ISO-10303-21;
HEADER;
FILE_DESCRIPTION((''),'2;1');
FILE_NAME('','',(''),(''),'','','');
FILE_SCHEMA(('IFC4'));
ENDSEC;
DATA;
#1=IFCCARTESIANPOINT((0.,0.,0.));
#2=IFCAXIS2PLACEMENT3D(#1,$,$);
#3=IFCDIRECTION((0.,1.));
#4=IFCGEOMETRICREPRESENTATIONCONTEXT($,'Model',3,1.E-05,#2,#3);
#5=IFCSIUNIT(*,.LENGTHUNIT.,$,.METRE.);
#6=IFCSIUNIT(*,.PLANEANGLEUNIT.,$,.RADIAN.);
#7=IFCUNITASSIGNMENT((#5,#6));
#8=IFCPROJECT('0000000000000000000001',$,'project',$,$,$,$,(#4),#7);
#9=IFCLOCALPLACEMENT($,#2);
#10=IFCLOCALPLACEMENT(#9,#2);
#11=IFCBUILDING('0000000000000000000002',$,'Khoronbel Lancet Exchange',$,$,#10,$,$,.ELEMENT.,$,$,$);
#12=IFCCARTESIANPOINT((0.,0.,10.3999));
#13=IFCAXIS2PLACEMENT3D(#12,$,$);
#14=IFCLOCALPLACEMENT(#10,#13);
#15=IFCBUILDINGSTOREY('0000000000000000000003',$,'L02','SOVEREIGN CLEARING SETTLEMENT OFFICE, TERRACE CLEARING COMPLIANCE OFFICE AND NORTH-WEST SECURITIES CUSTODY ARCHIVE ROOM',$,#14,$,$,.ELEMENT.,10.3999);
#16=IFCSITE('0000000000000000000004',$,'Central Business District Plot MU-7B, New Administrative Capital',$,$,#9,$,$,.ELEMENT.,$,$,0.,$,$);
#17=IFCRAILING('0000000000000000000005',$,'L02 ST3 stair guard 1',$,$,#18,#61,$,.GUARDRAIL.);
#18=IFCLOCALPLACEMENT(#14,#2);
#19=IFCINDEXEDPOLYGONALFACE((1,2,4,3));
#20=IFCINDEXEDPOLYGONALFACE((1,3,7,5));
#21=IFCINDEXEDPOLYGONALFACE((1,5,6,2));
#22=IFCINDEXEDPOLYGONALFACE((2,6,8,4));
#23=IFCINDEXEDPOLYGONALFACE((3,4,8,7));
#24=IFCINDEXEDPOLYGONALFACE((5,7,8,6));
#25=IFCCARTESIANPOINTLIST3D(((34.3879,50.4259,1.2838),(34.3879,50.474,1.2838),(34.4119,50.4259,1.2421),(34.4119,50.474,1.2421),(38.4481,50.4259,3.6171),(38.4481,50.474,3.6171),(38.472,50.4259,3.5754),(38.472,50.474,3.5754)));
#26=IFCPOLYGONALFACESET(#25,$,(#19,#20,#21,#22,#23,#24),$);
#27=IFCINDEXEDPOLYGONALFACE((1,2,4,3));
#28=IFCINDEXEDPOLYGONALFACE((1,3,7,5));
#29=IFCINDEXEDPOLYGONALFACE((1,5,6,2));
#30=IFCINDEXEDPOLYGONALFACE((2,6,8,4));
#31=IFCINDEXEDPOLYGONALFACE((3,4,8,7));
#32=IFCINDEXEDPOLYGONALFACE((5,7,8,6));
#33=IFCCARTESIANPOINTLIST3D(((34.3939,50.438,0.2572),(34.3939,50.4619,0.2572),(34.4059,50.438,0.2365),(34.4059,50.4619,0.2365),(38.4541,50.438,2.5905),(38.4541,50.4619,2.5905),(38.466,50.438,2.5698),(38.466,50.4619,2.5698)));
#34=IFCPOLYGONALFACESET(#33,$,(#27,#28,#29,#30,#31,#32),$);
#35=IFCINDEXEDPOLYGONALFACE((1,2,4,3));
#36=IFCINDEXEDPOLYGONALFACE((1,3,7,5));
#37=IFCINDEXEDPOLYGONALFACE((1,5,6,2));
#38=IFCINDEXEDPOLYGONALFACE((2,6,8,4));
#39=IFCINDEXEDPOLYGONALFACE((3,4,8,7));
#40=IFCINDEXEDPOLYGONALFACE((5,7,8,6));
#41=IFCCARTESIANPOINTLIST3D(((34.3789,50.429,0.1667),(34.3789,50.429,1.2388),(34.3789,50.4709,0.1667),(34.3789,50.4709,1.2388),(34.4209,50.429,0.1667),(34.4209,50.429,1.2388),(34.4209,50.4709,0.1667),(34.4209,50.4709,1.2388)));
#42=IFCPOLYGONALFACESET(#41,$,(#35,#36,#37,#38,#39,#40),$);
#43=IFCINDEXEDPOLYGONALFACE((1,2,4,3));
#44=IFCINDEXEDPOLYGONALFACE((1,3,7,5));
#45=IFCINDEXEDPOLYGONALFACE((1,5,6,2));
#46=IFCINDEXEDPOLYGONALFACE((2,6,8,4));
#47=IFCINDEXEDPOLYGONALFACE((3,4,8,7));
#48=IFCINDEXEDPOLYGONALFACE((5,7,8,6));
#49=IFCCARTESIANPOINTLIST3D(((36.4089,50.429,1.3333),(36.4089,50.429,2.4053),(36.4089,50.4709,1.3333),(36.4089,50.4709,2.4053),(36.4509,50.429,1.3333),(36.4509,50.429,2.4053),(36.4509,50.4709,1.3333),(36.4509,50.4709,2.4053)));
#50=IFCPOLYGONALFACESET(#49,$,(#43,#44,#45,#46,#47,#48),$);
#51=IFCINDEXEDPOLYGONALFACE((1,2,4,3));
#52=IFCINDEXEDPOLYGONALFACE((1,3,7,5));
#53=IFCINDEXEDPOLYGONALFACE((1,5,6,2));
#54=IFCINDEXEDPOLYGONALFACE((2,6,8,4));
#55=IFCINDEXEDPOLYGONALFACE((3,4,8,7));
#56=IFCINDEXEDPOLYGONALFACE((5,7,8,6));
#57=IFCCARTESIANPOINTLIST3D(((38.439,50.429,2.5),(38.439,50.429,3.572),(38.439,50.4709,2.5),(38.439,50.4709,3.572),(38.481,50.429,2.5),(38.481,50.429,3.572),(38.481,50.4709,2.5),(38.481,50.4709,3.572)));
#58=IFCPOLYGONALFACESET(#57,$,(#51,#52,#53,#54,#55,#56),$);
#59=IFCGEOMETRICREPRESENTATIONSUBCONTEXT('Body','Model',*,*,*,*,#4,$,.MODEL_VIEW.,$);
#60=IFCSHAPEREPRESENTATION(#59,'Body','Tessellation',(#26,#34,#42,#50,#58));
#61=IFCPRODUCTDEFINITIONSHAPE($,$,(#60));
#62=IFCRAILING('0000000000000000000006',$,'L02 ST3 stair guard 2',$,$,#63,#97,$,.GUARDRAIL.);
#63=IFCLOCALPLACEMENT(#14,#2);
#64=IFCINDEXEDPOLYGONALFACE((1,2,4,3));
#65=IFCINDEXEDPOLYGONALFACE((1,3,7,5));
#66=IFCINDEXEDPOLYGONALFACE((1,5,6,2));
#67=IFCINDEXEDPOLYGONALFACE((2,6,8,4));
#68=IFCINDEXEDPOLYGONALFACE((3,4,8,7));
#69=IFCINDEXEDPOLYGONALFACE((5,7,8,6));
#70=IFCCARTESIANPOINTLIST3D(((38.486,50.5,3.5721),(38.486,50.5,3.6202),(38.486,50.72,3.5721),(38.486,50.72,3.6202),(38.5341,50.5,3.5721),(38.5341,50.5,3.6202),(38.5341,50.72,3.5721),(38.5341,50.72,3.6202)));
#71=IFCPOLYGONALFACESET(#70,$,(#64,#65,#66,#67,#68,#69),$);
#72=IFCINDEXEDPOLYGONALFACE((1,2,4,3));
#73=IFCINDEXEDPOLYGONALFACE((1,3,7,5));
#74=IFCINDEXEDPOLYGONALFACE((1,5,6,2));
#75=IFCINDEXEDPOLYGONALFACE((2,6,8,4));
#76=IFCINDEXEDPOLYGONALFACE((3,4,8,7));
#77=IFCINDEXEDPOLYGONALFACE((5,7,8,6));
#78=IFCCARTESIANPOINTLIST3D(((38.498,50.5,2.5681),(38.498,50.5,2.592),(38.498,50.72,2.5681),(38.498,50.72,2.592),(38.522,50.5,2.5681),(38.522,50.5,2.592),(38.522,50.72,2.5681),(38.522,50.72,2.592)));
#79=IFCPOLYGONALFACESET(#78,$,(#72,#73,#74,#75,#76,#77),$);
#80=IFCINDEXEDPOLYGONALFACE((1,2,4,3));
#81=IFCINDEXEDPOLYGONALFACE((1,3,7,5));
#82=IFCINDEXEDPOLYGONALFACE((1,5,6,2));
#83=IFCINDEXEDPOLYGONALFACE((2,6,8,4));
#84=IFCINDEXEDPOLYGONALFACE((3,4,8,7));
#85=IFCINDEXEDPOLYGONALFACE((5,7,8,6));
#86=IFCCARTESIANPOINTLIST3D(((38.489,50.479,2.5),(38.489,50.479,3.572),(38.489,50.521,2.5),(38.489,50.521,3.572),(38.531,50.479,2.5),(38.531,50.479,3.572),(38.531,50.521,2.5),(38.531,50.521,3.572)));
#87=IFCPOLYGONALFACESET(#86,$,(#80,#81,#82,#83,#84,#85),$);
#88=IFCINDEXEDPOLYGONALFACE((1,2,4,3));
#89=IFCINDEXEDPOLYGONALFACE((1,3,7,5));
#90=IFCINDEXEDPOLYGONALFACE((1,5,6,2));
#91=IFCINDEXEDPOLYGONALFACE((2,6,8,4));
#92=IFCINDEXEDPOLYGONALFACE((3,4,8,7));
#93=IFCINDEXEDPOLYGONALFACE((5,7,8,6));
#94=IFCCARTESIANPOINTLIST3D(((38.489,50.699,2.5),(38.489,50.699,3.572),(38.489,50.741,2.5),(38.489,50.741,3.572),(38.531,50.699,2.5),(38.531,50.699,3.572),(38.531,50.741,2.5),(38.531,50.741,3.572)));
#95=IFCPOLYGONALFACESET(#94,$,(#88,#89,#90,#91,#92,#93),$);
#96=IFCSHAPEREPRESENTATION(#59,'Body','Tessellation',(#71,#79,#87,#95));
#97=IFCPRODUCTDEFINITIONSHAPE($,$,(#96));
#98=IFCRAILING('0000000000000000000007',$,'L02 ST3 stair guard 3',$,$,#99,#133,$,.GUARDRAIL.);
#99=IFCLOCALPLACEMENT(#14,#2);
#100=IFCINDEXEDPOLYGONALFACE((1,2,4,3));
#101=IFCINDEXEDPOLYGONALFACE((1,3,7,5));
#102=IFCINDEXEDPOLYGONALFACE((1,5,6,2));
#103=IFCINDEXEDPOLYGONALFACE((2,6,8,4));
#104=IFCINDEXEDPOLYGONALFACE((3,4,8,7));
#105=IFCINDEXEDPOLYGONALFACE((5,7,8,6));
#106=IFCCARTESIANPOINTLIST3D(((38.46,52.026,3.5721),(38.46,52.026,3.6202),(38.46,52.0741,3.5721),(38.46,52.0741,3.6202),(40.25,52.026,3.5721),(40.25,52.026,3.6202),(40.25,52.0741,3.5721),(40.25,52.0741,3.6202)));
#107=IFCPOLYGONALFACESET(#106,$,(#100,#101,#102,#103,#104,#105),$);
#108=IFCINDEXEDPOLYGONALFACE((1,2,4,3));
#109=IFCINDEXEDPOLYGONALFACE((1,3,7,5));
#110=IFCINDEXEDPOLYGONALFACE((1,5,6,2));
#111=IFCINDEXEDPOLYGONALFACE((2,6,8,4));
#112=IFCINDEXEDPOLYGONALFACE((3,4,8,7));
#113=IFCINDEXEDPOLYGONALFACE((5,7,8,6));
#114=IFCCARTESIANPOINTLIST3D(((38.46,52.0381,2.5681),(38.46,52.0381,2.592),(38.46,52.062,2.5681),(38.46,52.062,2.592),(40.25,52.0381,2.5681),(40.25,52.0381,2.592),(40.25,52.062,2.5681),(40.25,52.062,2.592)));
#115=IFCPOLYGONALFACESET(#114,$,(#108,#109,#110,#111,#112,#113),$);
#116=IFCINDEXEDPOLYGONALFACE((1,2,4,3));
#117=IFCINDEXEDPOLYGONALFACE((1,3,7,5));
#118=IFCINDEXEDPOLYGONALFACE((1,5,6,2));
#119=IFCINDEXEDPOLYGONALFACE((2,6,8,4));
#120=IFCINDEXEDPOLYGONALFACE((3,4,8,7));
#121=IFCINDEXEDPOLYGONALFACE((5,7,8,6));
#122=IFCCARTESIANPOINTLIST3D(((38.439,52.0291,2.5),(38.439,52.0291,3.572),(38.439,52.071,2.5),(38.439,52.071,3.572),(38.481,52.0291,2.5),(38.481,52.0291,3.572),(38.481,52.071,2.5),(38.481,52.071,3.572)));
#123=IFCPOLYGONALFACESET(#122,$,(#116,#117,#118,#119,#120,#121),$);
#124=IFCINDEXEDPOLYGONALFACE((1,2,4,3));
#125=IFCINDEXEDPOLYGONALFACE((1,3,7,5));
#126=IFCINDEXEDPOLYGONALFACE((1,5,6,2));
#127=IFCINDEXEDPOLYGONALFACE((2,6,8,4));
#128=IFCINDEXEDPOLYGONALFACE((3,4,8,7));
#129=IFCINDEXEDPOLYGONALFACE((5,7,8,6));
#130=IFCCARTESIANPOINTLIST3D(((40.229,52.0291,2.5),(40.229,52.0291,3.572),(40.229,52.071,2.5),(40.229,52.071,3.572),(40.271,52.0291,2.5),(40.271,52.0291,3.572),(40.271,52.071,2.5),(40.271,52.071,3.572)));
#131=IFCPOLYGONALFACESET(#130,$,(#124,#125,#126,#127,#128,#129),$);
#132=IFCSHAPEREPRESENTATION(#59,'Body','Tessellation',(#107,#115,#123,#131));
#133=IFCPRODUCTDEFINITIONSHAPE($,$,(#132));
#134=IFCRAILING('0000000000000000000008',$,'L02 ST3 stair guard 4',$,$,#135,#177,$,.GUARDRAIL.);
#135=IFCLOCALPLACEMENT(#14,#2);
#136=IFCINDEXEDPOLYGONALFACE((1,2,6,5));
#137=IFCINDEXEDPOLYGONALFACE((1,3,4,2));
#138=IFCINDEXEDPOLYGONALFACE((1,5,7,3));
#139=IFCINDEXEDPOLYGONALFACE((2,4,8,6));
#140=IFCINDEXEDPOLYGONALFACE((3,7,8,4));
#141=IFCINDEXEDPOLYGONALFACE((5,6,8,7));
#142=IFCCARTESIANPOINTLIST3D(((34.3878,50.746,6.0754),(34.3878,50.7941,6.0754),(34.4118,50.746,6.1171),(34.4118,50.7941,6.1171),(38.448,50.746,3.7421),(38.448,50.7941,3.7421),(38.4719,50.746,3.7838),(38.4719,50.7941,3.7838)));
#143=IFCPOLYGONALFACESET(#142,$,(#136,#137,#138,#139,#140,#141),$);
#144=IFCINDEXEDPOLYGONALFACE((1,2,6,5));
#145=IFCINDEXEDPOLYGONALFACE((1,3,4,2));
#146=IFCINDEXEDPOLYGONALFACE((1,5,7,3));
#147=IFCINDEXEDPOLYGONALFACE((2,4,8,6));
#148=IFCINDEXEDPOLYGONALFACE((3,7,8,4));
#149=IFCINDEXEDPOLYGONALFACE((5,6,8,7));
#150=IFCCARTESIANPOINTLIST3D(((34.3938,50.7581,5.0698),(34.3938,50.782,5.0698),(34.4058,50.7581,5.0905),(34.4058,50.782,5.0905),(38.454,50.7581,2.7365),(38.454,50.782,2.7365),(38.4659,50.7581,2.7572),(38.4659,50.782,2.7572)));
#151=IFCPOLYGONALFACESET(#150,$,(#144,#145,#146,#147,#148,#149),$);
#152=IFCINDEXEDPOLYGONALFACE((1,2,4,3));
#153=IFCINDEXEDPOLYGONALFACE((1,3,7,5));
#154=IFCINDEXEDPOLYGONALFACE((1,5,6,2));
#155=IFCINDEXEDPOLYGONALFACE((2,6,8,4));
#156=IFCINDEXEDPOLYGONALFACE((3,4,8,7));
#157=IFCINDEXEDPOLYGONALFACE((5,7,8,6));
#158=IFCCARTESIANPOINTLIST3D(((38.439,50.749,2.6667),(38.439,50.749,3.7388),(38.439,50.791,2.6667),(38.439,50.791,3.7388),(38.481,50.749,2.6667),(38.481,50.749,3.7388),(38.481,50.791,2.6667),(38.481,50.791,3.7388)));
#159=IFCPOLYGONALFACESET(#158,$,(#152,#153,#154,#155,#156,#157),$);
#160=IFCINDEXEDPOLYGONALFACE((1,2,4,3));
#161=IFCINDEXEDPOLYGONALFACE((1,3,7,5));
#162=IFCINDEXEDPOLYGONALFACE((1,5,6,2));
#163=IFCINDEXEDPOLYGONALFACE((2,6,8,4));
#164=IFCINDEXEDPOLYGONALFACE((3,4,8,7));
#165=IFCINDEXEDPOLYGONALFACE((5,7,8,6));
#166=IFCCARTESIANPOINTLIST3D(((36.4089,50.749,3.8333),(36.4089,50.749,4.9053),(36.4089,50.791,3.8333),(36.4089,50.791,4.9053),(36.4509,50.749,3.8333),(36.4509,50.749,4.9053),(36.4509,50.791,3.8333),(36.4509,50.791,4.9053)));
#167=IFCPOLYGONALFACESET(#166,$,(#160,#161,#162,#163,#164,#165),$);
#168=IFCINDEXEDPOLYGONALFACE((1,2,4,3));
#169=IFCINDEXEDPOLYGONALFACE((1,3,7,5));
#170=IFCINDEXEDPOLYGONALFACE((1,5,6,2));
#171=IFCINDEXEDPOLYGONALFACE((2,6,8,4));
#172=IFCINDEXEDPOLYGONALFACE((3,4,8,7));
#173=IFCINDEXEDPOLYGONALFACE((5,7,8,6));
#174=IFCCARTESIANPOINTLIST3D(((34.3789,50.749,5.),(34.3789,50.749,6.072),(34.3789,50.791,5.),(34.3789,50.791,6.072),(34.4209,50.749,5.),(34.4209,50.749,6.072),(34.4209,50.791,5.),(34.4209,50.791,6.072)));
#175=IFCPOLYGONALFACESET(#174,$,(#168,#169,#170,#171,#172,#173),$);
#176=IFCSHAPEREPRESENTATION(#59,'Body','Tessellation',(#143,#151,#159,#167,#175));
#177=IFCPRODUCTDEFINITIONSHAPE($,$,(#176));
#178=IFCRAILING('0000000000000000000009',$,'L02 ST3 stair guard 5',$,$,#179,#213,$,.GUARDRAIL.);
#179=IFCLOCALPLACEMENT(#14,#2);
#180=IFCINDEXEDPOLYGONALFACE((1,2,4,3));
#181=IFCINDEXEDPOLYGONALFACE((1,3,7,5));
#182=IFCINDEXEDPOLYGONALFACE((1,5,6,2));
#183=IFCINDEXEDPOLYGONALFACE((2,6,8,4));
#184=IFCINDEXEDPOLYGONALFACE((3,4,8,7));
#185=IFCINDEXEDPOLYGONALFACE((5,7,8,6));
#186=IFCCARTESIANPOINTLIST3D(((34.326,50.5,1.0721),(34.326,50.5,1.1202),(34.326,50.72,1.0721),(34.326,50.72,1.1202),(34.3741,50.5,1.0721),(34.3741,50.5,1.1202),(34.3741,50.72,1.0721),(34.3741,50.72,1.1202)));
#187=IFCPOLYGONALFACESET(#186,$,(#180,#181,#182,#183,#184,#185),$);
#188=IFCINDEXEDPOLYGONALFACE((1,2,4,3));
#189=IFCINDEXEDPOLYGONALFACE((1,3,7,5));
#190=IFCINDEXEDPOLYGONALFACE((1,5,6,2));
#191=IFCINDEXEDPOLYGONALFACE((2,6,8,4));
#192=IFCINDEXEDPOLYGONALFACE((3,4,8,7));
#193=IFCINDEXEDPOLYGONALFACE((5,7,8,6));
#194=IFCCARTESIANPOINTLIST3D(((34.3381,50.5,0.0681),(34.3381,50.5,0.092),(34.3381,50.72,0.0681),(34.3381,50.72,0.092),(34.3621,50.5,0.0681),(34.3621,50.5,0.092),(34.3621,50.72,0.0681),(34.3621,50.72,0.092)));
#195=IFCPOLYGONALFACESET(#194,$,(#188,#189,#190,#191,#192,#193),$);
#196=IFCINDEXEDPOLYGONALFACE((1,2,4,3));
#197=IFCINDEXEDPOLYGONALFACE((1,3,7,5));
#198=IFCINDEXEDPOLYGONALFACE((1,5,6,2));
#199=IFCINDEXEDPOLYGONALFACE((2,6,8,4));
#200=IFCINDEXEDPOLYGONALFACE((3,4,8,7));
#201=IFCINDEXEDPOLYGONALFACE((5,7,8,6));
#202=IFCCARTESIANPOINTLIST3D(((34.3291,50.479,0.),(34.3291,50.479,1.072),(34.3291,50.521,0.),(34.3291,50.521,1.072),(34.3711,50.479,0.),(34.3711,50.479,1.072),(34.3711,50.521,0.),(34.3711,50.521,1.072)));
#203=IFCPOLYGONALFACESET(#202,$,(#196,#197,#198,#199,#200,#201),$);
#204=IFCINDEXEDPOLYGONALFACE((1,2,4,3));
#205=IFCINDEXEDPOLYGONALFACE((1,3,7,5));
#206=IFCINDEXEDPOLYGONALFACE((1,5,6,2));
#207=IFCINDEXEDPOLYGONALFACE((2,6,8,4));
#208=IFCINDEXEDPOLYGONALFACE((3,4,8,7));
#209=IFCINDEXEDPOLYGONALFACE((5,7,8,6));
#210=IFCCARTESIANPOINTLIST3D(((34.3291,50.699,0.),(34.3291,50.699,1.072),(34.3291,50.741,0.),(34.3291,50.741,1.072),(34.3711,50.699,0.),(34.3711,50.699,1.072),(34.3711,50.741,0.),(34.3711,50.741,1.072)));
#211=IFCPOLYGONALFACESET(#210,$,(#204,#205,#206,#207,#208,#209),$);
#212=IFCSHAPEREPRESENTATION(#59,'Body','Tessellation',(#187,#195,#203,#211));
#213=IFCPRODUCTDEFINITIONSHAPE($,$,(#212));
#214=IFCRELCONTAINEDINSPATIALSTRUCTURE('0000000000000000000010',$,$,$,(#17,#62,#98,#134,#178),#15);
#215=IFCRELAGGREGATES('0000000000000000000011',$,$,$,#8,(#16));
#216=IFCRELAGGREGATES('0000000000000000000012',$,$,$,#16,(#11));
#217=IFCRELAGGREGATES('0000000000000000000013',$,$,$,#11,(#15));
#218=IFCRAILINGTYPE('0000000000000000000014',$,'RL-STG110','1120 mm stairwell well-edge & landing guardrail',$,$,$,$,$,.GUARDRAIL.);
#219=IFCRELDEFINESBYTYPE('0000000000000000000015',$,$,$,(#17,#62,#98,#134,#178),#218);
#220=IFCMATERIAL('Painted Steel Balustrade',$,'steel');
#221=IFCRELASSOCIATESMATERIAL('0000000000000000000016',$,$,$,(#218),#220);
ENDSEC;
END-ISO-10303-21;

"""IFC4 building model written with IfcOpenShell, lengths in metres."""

from ifc_helpers import new_model, si_unit, direction, frame, origin, origin_2d, place, context, subcontext, project, spatial, rectangle, extrude, material, type_object, element, save


model = new_model("IFC4")

# Units and contexts
model_context = context("Model", 3, precision=1e-05, world=origin(), true_north=direction((0.0, 1.0)))
body_context = subcontext(model_context, "Body", "Model", "MODEL_VIEW")
ifc_project = project(units=[si_unit("LENGTHUNIT", "METRE"), si_unit("PLANEANGLEUNIT", "RADIAN")], contexts=[model_context])

# Site, building, storey
site_placement = place(None, origin())
site = spatial("IfcSite", under=ifc_project, at=site_placement, Name="Central Business District Plot MU-7B, New Administrative Capital", CompositionType="ELEMENT", RefElevation=0.0)
building_placement = place(site_placement, origin())
building = spatial("IfcBuilding", under=site, at=building_placement, Name="Khoronbel Lancet Exchange", CompositionType="ELEMENT")
storey_placement = place(building_placement, frame((0.0, 0.0, 10.3999)))
storey = spatial("IfcBuildingStorey", under=building, at=storey_placement, Name="L02", Description="SOVEREIGN CLEARING SETTLEMENT OFFICE, TERRACE CLEARING COMPLIANCE OFFICE AND NORTH-WEST SECURITIES CUSTODY ARCHIVE ROOM", CompositionType="ELEMENT", Elevation=10.3999)

# Railings
ifc_material_1 = material(Name="Painted Steel Balustrade", Category="steel")
railing_type_1 = type_object("IfcRailingType", Name="RL-STG110", Description="1120 mm stairwell well-edge & landing guardrail", PredefinedType="GUARDRAIL", material=ifc_material_1)
railing_1_placement = place(storey_placement, frame((34.3999, 50.45, 0.1667)))
element("IfcRailing", 1, at=railing_1_placement, inside=storey, type_object=railing_type_1, Name="L02 ST3 stair guard 1", PredefinedType="GUARDRAIL", context=body_context, shape_type="SweptSolid", body=[
    extrude(rectangle(XDim=0.0481, YDim=0.0481, at=origin_2d()), frame((0.0, 0.0, 1.0962), z_axis=(0.867025, 0.0, 0.498265), x_axis=(0.0, 1.0, 0.0)), (0.0, 0.0, 1.0), 4.6829),
    extrude(rectangle(XDim=0.0239, YDim=0.0239, at=origin_2d()), frame((0.0, 0.0, 0.0801), z_axis=(0.867025, 0.0, 0.498265), x_axis=(0.0, 1.0, 0.0)), (0.0, 0.0, 1.0), 4.6829),
    extrude(rectangle(XDim=0.042, YDim=0.042, at=origin_2d()), origin(), (0.0, 0.0, 1.0), 1.072),
    extrude(rectangle(XDim=0.042, YDim=0.042, at=origin_2d()), frame((2.03, 0.0, 1.1665)), (0.0, 0.0, 1.0), 1.072),
    extrude(rectangle(XDim=0.042, YDim=0.042, at=origin_2d()), frame((4.0601, 0.0, 2.3333)), (0.0, 0.0, 1.0), 1.072),
])
railing_2_placement = place(storey_placement, frame((38.51, 50.5, 2.5)))
element("IfcRailing", 2, at=railing_2_placement, inside=storey, type_object=railing_type_1, Name="L02 ST3 stair guard 2", PredefinedType="GUARDRAIL", context=body_context, shape_type="SweptSolid", body=[
    extrude(rectangle(XDim=0.0481, YDim=0.0481, at=origin_2d()), frame((0.0, 0.0, 1.0962), z_axis=(0.0, 1.0, 0.0), x_axis=(-1.0, 0.0, 0.0)), (0.0, 0.0, 1.0), 0.22),
    extrude(rectangle(XDim=0.0239, YDim=0.0239, at=origin_2d()), frame((0.0, 0.0, 0.0801), z_axis=(0.0, 1.0, 0.0), x_axis=(-1.0, 0.0, 0.0)), (0.0, 0.0, 1.0), 0.22),
    extrude(rectangle(XDim=0.042, YDim=0.042, at=origin_2d()), origin(), (0.0, 0.0, 1.0), 1.072),
    extrude(rectangle(XDim=0.042, YDim=0.042, at=origin_2d()), frame((0.0, 0.22, 0.0)), (0.0, 0.0, 1.0), 1.072),
])
railing_3_placement = place(storey_placement, frame((38.46, 52.05, 2.5)))
element("IfcRailing", 3, at=railing_3_placement, inside=storey, type_object=railing_type_1, Name="L02 ST3 stair guard 3", PredefinedType="GUARDRAIL", context=body_context, shape_type="SweptSolid", body=[
    extrude(rectangle(XDim=0.0481, YDim=0.0481, at=origin_2d()), frame((0.0, 0.0, 1.0962), z_axis=(1.0, 0.0, 0.0), x_axis=(0.0, 1.0, 0.0)), (0.0, 0.0, 1.0), 1.79),
    extrude(rectangle(XDim=0.0239, YDim=0.0239, at=origin_2d()), frame((0.0, 0.0, 0.0801), z_axis=(1.0, 0.0, 0.0), x_axis=(0.0, 1.0, 0.0)), (0.0, 0.0, 1.0), 1.79),
    extrude(rectangle(XDim=0.042, YDim=0.042, at=origin_2d()), origin(), (0.0, 0.0, 1.0), 1.072),
    extrude(rectangle(XDim=0.042, YDim=0.042, at=origin_2d()), frame((1.79, 0.0, 0.0)), (0.0, 0.0, 1.0), 1.072),
])
railing_4_placement = place(storey_placement, frame((38.46, 50.77, 2.6667)))
element("IfcRailing", 4, at=railing_4_placement, inside=storey, type_object=railing_type_1, Name="L02 ST3 stair guard 4", PredefinedType="GUARDRAIL", context=body_context, shape_type="SweptSolid", body=[
    extrude(rectangle(XDim=0.0481, YDim=0.0481, at=origin_2d()), frame((0.0, 0.0, 1.0962), z_axis=(-0.867025, 0.0, 0.498265), x_axis=(0.0, -1.0, 0.0)), (0.0, 0.0, 1.0), 4.6829),
    extrude(rectangle(XDim=0.0239, YDim=0.0239, at=origin_2d()), frame((0.0, 0.0, 0.0801), z_axis=(-0.867025, 0.0, 0.498265), x_axis=(0.0, -1.0, 0.0)), (0.0, 0.0, 1.0), 4.6829),
    extrude(rectangle(XDim=0.042, YDim=0.042, at=origin_2d()), origin(), (0.0, 0.0, 1.0), 1.072),
    extrude(rectangle(XDim=0.042, YDim=0.042, at=origin_2d()), frame((-2.03, 0.0, 1.1665)), (0.0, 0.0, 1.0), 1.072),
    extrude(rectangle(XDim=0.042, YDim=0.042, at=origin_2d()), frame((-4.0601, 0.0, 2.3333)), (0.0, 0.0, 1.0), 1.072),
])
railing_5_placement = place(storey_placement, frame((34.3501, 50.5, 0.0)))
element("IfcRailing", 5, at=railing_5_placement, inside=storey, type_object=railing_type_1, Name="L02 ST3 stair guard 5", PredefinedType="GUARDRAIL", context=body_context, shape_type="SweptSolid", body=[
    extrude(rectangle(XDim=0.0481, YDim=0.0481, at=origin_2d()), frame((0.0, 0.0, 1.0962), z_axis=(0.0, 1.0, 0.0), x_axis=(-1.0, 0.0, 0.0)), (0.0, 0.0, 1.0), 0.22),
    extrude(rectangle(XDim=0.0239, YDim=0.0239, at=origin_2d()), frame((0.0, 0.0, 0.0801), z_axis=(0.0, 1.0, 0.0), x_axis=(-1.0, 0.0, 0.0)), (0.0, 0.0, 1.0), 0.22),
    extrude(rectangle(XDim=0.042, YDim=0.042, at=origin_2d()), origin(), (0.0, 0.0, 1.0), 1.072),
    extrude(rectangle(XDim=0.042, YDim=0.042, at=origin_2d()), frame((0.0, 0.22, 0.0)), (0.0, 0.0, 1.0), 1.072),
])

save(model, "model.ifc")
